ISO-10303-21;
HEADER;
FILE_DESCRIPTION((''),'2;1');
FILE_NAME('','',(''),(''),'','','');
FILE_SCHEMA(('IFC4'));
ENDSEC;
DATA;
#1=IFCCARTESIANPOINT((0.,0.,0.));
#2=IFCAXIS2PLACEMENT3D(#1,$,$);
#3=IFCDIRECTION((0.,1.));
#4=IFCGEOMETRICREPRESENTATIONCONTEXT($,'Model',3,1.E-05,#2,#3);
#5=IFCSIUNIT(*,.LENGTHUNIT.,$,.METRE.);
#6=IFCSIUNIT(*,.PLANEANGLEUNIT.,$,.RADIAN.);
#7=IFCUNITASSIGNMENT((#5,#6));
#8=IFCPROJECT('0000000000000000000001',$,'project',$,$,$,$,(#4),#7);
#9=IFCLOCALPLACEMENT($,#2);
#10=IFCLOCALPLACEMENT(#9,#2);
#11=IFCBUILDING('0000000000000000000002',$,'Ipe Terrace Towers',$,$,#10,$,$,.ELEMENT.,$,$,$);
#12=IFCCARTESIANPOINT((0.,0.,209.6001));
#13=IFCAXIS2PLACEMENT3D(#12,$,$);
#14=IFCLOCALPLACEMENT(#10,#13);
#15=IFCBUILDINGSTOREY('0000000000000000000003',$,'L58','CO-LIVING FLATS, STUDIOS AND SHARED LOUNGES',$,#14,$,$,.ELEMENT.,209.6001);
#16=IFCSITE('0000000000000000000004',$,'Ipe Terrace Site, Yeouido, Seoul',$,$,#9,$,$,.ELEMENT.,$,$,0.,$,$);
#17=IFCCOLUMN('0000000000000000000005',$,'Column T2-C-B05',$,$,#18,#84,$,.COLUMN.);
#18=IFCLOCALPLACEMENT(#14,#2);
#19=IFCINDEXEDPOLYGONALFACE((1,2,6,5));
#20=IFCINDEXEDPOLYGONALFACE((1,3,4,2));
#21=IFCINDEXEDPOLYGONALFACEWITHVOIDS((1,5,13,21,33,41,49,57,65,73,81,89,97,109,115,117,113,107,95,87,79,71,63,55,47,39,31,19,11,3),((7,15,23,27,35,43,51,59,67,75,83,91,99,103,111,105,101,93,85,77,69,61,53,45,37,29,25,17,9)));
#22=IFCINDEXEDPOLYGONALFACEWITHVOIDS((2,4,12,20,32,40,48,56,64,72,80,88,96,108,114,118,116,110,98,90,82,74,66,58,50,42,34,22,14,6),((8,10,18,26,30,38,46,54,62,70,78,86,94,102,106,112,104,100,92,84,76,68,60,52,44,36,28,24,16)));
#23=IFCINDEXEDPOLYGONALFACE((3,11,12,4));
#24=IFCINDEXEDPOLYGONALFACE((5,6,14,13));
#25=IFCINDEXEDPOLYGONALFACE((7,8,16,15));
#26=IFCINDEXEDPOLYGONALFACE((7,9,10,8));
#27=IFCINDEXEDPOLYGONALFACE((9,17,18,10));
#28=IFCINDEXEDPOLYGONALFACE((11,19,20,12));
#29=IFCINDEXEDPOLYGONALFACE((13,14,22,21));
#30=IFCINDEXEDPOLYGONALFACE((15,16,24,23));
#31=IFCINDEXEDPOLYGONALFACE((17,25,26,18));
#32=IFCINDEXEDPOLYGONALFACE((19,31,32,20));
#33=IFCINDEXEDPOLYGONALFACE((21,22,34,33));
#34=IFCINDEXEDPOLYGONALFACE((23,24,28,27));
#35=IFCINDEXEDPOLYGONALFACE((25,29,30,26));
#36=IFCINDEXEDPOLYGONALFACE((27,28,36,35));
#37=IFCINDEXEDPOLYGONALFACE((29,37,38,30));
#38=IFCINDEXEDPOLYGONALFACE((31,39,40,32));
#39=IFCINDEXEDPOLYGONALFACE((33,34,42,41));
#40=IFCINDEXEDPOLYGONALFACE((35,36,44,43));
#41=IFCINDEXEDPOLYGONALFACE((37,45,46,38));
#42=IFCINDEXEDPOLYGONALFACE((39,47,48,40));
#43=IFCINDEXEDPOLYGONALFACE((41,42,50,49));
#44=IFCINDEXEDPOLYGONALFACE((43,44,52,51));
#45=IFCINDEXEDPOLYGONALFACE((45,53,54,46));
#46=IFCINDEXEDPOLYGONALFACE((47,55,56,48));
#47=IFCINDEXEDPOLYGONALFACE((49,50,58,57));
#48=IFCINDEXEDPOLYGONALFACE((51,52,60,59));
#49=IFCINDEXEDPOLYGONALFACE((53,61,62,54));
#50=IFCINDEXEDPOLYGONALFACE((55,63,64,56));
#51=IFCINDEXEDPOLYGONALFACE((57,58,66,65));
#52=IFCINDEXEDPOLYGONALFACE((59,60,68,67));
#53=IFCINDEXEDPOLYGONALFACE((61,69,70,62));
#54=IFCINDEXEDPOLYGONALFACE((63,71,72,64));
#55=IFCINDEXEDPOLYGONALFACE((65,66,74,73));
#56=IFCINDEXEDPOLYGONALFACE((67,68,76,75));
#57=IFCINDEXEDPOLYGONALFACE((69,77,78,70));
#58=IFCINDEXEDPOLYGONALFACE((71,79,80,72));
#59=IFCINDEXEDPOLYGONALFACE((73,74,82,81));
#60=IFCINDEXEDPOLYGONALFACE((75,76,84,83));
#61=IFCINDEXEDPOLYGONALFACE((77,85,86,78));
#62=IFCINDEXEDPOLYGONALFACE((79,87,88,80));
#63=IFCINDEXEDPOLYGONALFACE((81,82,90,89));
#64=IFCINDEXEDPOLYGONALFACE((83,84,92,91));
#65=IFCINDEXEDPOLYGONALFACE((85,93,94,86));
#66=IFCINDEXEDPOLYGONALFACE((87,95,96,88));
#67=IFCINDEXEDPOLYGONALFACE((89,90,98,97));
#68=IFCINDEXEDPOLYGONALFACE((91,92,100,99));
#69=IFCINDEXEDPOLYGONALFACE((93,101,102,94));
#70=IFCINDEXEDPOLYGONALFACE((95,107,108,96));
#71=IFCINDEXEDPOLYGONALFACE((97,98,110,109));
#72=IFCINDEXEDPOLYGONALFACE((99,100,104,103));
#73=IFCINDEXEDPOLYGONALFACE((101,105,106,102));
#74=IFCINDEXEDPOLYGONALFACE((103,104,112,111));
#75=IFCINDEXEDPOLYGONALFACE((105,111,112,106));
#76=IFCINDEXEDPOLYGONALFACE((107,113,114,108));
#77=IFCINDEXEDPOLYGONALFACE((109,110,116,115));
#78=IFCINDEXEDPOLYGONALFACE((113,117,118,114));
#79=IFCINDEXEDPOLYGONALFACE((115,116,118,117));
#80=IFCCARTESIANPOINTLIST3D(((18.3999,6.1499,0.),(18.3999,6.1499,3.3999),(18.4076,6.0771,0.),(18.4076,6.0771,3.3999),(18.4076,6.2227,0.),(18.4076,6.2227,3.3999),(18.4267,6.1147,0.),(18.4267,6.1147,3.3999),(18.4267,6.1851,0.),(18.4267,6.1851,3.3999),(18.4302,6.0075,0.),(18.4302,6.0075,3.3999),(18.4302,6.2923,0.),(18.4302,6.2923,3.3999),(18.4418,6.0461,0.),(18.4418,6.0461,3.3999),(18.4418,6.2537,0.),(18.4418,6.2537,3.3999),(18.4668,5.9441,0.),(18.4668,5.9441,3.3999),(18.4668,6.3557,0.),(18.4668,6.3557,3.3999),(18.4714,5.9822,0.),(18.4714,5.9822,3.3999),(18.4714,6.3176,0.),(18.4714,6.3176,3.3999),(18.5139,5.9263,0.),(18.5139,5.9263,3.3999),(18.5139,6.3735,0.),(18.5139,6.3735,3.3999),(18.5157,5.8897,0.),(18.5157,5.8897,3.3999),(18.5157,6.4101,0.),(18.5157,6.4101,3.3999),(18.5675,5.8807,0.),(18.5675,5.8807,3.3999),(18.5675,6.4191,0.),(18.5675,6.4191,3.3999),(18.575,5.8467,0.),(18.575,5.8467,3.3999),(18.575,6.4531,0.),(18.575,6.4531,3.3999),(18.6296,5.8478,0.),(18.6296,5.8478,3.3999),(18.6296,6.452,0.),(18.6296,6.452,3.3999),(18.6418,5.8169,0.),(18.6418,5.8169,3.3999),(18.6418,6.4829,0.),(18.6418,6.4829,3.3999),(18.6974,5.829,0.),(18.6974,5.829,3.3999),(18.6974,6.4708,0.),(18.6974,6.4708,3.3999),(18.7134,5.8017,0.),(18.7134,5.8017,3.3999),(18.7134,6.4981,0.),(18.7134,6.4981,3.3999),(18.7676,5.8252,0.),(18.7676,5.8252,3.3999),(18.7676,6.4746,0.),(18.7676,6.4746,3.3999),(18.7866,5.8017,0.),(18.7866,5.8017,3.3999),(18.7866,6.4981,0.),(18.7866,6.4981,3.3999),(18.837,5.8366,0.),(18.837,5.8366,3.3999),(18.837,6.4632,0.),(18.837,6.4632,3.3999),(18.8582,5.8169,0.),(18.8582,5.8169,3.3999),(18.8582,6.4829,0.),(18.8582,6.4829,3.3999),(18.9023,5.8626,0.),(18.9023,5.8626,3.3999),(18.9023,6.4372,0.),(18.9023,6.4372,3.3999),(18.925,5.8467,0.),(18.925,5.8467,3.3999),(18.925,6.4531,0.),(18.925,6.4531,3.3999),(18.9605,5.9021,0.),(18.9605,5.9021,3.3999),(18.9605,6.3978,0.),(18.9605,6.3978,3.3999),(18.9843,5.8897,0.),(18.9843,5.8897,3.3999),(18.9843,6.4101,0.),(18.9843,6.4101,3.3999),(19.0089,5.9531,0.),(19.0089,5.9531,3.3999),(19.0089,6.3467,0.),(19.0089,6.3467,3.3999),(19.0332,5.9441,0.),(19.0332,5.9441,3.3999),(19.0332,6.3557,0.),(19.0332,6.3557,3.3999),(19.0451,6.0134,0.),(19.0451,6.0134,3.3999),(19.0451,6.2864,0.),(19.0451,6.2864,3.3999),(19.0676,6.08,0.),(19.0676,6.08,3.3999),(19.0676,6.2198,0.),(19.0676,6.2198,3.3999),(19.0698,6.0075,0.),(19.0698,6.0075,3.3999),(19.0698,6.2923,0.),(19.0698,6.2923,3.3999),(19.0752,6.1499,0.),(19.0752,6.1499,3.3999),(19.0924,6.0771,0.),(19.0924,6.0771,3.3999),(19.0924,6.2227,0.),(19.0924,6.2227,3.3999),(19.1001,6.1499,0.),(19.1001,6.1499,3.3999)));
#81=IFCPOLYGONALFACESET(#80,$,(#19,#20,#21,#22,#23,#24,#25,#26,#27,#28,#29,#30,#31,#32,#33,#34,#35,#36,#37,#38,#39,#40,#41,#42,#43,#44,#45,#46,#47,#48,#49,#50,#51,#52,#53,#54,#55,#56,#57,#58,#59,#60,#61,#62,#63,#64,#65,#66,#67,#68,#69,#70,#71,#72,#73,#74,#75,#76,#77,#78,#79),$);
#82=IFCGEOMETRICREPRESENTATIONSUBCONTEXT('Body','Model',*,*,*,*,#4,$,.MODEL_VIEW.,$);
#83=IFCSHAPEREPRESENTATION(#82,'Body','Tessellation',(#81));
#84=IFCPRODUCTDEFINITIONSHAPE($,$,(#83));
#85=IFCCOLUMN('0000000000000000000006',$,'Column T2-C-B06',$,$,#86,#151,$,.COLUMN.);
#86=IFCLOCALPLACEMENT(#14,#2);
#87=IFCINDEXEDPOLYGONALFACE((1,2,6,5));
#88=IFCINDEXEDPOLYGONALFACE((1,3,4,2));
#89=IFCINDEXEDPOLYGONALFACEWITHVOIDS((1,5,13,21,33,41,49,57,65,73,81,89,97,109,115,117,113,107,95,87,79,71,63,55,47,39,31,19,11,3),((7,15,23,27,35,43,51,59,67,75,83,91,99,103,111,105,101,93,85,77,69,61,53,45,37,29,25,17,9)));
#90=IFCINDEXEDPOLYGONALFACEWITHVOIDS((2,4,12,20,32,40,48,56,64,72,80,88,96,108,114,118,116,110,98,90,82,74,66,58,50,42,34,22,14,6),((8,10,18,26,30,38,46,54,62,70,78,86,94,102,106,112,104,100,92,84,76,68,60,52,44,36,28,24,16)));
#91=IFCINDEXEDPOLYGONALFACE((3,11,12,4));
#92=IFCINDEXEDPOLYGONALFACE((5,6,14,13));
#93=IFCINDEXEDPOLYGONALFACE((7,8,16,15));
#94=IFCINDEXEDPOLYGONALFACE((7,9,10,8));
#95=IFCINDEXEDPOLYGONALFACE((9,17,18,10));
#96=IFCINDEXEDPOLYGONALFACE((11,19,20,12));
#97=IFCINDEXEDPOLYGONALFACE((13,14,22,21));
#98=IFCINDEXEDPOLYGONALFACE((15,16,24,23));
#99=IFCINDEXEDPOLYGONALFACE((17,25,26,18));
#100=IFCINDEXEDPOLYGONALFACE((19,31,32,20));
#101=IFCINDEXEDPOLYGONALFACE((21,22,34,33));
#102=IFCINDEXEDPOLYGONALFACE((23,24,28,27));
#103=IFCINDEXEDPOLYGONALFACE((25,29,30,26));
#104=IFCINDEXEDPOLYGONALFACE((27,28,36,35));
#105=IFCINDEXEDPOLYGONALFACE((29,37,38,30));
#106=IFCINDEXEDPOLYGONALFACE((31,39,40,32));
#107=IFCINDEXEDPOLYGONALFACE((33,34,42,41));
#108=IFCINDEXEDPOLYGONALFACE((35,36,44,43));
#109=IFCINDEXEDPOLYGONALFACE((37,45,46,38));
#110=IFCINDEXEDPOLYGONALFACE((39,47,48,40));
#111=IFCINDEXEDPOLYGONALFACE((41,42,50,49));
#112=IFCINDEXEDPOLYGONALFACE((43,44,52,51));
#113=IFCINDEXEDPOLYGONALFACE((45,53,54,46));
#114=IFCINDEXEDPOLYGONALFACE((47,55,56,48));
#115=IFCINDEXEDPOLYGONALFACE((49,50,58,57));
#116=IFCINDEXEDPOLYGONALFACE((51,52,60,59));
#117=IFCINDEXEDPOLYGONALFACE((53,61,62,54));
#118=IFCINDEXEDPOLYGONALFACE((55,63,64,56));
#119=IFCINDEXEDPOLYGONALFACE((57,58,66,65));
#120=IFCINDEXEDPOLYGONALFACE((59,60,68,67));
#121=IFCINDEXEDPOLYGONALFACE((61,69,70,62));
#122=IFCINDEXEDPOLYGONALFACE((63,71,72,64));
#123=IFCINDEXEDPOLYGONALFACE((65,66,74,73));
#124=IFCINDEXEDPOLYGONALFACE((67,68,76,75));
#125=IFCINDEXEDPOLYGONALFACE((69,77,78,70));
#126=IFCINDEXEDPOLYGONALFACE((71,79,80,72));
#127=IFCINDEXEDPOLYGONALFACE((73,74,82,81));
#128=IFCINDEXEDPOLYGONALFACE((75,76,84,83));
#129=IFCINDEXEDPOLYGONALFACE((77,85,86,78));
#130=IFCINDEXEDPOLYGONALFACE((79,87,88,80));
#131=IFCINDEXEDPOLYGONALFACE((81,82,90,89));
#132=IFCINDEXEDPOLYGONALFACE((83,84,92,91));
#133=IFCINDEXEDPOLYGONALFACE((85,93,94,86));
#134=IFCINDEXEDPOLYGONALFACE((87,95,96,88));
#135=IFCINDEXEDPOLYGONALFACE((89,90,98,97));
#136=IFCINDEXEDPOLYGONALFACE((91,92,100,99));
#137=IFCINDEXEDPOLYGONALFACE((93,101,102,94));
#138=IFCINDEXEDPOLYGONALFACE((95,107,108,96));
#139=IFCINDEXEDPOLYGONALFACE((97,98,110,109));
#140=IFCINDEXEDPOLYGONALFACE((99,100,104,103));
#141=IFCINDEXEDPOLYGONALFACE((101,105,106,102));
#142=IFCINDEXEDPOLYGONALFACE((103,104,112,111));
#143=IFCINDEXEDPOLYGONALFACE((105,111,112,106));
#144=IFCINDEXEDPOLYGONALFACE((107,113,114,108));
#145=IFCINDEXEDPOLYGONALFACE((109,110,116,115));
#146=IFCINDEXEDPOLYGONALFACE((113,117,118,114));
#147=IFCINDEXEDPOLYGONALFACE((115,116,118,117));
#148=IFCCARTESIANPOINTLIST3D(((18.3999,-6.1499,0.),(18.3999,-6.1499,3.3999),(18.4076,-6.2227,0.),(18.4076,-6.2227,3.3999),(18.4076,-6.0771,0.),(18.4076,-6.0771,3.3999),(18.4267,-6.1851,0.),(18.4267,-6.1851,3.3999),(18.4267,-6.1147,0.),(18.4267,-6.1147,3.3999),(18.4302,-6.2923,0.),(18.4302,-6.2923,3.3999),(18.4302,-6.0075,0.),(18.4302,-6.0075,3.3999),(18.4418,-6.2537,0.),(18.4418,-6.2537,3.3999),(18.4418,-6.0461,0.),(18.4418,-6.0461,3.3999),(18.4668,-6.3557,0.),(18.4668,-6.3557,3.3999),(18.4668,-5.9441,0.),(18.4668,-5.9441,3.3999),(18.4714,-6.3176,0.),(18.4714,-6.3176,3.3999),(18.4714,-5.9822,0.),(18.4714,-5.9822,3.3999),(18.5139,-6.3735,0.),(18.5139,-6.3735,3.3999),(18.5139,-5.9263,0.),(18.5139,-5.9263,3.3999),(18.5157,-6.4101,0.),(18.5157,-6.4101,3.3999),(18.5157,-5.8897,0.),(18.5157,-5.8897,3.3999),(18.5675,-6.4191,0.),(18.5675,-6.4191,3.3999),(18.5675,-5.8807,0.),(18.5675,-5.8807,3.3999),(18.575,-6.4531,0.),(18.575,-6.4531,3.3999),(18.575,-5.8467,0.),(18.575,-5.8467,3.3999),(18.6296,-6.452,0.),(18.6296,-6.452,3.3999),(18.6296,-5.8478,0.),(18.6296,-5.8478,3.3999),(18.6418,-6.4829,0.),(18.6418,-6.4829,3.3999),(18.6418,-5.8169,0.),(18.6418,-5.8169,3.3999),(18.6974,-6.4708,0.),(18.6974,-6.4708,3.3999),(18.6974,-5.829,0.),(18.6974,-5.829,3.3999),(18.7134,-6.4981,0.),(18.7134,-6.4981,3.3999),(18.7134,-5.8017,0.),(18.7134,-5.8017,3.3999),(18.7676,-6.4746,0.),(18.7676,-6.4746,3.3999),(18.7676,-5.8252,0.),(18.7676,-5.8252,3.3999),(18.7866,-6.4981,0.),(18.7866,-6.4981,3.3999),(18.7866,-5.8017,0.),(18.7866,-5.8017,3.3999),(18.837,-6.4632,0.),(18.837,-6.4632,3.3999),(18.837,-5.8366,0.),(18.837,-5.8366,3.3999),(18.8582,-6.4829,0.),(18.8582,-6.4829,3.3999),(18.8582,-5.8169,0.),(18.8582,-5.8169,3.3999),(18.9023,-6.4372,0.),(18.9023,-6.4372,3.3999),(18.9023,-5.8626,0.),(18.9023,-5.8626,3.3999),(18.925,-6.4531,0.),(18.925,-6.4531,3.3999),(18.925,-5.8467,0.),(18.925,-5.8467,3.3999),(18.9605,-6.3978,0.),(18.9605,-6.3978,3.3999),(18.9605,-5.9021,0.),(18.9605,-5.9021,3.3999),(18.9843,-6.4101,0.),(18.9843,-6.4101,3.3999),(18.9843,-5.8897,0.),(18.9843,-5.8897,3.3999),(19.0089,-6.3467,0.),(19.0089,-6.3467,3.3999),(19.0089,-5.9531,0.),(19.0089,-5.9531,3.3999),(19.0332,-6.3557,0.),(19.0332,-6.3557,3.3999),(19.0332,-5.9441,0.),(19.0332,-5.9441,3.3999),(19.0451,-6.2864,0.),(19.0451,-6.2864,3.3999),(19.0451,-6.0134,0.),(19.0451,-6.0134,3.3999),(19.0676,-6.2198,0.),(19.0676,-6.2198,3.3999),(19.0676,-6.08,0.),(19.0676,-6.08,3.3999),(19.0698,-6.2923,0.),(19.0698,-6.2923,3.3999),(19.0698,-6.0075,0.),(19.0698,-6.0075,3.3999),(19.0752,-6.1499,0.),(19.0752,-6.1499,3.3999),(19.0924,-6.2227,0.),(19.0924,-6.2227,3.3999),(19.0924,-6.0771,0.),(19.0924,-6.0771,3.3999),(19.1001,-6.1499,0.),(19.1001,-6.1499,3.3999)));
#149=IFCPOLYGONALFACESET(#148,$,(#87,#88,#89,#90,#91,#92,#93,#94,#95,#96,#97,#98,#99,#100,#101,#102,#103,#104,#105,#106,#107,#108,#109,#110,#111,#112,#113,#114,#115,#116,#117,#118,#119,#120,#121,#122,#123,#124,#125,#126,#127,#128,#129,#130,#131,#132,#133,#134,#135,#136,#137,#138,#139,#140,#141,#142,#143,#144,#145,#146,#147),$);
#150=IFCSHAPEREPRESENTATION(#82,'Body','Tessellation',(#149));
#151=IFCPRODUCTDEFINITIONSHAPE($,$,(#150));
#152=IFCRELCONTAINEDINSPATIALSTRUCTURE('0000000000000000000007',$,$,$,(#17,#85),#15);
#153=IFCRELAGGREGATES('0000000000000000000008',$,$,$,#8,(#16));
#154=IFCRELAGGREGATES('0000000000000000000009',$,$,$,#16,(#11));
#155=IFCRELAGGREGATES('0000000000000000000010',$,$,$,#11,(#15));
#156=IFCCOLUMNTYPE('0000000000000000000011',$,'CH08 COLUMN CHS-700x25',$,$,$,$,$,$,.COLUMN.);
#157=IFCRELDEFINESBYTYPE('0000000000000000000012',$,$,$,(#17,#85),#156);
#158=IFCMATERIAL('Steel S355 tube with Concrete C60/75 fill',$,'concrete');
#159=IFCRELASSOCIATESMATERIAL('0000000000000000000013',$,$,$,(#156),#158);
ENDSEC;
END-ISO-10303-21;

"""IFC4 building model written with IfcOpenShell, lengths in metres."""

from ifc_helpers import new_model, si_unit, direction, frame, origin, origin_2d, place, context, subcontext, project, spatial, hollow_circle, extrude, material, material_profile, profile_set, type_object, element, save


model = new_model("IFC4")

# Units and contexts
model_context = context("Model", 3, precision=1e-05, world=origin(), true_north=direction((0.0, 1.0)))
body_context = subcontext(model_context, "Body", "Model", "MODEL_VIEW")
ifc_project = project(units=[si_unit("LENGTHUNIT", "METRE"), si_unit("PLANEANGLEUNIT", "RADIAN")], contexts=[model_context])

# Site, building, storey
site_placement = place(None, origin())
site = spatial("IfcSite", under=ifc_project, at=site_placement, Name="Ipe Terrace Site, Yeouido, Seoul", CompositionType="ELEMENT", RefElevation=0.0)
building_placement = place(site_placement, origin())
building = spatial("IfcBuilding", under=site, at=building_placement, Name="Ipe Terrace Towers", CompositionType="ELEMENT")
storey_placement = place(building_placement, frame((0.0, 0.0, 209.6001)))
storey = spatial("IfcBuildingStorey", under=building, at=storey_placement, Name="L58", Description="CO-LIVING FLATS, STUDIOS AND SHARED LOUNGES", CompositionType="ELEMENT", Elevation=209.6001)

# Columns
ifc_material_1 = material(Name="Steel S355 tube with Concrete C60/75 fill", Category="concrete")
ifc_material_profile_1 = material_profile(ifc_material_1, hollow_circle(Radius=0.3501, WallThickness=0.0249, at=origin_2d()), Name="CHS-700x25")
ifc_profile_set_1 = profile_set([ifc_material_profile_1], Name="Steel S355 tube with Concrete C60/75 fill")
column_type = type_object("IfcColumnType", Name="CH08 COLUMN CHS-700x25", PredefinedType="COLUMN", material=ifc_profile_set_1)
for number, where, z_axis, x_axis, name in (
    (1, (18.75, 6.1499, 0.0), (0.0, 0.0, 1.0), (1.0, 0.0, 0.0), "Column T2-C-B05"),
    (2, (18.75, -6.1499, 0.0), (0.0, 0.0, 1.0), (1.0, 0.0, 0.0), "Column T2-C-B06"),
):
    element("IfcColumn", number, at=place(storey_placement, frame(where, z_axis=z_axis, x_axis=x_axis)), inside=storey, type_object=column_type, Name=name, PredefinedType="COLUMN", context=body_context, shape_type="SweptSolid", body=[
        extrude(hollow_circle(Radius=0.3501, WallThickness=0.0249, at=origin_2d()), origin(), (0.0, 0.0, 1.0), 3.3999),
    ])

save(model, "model.ifc")
